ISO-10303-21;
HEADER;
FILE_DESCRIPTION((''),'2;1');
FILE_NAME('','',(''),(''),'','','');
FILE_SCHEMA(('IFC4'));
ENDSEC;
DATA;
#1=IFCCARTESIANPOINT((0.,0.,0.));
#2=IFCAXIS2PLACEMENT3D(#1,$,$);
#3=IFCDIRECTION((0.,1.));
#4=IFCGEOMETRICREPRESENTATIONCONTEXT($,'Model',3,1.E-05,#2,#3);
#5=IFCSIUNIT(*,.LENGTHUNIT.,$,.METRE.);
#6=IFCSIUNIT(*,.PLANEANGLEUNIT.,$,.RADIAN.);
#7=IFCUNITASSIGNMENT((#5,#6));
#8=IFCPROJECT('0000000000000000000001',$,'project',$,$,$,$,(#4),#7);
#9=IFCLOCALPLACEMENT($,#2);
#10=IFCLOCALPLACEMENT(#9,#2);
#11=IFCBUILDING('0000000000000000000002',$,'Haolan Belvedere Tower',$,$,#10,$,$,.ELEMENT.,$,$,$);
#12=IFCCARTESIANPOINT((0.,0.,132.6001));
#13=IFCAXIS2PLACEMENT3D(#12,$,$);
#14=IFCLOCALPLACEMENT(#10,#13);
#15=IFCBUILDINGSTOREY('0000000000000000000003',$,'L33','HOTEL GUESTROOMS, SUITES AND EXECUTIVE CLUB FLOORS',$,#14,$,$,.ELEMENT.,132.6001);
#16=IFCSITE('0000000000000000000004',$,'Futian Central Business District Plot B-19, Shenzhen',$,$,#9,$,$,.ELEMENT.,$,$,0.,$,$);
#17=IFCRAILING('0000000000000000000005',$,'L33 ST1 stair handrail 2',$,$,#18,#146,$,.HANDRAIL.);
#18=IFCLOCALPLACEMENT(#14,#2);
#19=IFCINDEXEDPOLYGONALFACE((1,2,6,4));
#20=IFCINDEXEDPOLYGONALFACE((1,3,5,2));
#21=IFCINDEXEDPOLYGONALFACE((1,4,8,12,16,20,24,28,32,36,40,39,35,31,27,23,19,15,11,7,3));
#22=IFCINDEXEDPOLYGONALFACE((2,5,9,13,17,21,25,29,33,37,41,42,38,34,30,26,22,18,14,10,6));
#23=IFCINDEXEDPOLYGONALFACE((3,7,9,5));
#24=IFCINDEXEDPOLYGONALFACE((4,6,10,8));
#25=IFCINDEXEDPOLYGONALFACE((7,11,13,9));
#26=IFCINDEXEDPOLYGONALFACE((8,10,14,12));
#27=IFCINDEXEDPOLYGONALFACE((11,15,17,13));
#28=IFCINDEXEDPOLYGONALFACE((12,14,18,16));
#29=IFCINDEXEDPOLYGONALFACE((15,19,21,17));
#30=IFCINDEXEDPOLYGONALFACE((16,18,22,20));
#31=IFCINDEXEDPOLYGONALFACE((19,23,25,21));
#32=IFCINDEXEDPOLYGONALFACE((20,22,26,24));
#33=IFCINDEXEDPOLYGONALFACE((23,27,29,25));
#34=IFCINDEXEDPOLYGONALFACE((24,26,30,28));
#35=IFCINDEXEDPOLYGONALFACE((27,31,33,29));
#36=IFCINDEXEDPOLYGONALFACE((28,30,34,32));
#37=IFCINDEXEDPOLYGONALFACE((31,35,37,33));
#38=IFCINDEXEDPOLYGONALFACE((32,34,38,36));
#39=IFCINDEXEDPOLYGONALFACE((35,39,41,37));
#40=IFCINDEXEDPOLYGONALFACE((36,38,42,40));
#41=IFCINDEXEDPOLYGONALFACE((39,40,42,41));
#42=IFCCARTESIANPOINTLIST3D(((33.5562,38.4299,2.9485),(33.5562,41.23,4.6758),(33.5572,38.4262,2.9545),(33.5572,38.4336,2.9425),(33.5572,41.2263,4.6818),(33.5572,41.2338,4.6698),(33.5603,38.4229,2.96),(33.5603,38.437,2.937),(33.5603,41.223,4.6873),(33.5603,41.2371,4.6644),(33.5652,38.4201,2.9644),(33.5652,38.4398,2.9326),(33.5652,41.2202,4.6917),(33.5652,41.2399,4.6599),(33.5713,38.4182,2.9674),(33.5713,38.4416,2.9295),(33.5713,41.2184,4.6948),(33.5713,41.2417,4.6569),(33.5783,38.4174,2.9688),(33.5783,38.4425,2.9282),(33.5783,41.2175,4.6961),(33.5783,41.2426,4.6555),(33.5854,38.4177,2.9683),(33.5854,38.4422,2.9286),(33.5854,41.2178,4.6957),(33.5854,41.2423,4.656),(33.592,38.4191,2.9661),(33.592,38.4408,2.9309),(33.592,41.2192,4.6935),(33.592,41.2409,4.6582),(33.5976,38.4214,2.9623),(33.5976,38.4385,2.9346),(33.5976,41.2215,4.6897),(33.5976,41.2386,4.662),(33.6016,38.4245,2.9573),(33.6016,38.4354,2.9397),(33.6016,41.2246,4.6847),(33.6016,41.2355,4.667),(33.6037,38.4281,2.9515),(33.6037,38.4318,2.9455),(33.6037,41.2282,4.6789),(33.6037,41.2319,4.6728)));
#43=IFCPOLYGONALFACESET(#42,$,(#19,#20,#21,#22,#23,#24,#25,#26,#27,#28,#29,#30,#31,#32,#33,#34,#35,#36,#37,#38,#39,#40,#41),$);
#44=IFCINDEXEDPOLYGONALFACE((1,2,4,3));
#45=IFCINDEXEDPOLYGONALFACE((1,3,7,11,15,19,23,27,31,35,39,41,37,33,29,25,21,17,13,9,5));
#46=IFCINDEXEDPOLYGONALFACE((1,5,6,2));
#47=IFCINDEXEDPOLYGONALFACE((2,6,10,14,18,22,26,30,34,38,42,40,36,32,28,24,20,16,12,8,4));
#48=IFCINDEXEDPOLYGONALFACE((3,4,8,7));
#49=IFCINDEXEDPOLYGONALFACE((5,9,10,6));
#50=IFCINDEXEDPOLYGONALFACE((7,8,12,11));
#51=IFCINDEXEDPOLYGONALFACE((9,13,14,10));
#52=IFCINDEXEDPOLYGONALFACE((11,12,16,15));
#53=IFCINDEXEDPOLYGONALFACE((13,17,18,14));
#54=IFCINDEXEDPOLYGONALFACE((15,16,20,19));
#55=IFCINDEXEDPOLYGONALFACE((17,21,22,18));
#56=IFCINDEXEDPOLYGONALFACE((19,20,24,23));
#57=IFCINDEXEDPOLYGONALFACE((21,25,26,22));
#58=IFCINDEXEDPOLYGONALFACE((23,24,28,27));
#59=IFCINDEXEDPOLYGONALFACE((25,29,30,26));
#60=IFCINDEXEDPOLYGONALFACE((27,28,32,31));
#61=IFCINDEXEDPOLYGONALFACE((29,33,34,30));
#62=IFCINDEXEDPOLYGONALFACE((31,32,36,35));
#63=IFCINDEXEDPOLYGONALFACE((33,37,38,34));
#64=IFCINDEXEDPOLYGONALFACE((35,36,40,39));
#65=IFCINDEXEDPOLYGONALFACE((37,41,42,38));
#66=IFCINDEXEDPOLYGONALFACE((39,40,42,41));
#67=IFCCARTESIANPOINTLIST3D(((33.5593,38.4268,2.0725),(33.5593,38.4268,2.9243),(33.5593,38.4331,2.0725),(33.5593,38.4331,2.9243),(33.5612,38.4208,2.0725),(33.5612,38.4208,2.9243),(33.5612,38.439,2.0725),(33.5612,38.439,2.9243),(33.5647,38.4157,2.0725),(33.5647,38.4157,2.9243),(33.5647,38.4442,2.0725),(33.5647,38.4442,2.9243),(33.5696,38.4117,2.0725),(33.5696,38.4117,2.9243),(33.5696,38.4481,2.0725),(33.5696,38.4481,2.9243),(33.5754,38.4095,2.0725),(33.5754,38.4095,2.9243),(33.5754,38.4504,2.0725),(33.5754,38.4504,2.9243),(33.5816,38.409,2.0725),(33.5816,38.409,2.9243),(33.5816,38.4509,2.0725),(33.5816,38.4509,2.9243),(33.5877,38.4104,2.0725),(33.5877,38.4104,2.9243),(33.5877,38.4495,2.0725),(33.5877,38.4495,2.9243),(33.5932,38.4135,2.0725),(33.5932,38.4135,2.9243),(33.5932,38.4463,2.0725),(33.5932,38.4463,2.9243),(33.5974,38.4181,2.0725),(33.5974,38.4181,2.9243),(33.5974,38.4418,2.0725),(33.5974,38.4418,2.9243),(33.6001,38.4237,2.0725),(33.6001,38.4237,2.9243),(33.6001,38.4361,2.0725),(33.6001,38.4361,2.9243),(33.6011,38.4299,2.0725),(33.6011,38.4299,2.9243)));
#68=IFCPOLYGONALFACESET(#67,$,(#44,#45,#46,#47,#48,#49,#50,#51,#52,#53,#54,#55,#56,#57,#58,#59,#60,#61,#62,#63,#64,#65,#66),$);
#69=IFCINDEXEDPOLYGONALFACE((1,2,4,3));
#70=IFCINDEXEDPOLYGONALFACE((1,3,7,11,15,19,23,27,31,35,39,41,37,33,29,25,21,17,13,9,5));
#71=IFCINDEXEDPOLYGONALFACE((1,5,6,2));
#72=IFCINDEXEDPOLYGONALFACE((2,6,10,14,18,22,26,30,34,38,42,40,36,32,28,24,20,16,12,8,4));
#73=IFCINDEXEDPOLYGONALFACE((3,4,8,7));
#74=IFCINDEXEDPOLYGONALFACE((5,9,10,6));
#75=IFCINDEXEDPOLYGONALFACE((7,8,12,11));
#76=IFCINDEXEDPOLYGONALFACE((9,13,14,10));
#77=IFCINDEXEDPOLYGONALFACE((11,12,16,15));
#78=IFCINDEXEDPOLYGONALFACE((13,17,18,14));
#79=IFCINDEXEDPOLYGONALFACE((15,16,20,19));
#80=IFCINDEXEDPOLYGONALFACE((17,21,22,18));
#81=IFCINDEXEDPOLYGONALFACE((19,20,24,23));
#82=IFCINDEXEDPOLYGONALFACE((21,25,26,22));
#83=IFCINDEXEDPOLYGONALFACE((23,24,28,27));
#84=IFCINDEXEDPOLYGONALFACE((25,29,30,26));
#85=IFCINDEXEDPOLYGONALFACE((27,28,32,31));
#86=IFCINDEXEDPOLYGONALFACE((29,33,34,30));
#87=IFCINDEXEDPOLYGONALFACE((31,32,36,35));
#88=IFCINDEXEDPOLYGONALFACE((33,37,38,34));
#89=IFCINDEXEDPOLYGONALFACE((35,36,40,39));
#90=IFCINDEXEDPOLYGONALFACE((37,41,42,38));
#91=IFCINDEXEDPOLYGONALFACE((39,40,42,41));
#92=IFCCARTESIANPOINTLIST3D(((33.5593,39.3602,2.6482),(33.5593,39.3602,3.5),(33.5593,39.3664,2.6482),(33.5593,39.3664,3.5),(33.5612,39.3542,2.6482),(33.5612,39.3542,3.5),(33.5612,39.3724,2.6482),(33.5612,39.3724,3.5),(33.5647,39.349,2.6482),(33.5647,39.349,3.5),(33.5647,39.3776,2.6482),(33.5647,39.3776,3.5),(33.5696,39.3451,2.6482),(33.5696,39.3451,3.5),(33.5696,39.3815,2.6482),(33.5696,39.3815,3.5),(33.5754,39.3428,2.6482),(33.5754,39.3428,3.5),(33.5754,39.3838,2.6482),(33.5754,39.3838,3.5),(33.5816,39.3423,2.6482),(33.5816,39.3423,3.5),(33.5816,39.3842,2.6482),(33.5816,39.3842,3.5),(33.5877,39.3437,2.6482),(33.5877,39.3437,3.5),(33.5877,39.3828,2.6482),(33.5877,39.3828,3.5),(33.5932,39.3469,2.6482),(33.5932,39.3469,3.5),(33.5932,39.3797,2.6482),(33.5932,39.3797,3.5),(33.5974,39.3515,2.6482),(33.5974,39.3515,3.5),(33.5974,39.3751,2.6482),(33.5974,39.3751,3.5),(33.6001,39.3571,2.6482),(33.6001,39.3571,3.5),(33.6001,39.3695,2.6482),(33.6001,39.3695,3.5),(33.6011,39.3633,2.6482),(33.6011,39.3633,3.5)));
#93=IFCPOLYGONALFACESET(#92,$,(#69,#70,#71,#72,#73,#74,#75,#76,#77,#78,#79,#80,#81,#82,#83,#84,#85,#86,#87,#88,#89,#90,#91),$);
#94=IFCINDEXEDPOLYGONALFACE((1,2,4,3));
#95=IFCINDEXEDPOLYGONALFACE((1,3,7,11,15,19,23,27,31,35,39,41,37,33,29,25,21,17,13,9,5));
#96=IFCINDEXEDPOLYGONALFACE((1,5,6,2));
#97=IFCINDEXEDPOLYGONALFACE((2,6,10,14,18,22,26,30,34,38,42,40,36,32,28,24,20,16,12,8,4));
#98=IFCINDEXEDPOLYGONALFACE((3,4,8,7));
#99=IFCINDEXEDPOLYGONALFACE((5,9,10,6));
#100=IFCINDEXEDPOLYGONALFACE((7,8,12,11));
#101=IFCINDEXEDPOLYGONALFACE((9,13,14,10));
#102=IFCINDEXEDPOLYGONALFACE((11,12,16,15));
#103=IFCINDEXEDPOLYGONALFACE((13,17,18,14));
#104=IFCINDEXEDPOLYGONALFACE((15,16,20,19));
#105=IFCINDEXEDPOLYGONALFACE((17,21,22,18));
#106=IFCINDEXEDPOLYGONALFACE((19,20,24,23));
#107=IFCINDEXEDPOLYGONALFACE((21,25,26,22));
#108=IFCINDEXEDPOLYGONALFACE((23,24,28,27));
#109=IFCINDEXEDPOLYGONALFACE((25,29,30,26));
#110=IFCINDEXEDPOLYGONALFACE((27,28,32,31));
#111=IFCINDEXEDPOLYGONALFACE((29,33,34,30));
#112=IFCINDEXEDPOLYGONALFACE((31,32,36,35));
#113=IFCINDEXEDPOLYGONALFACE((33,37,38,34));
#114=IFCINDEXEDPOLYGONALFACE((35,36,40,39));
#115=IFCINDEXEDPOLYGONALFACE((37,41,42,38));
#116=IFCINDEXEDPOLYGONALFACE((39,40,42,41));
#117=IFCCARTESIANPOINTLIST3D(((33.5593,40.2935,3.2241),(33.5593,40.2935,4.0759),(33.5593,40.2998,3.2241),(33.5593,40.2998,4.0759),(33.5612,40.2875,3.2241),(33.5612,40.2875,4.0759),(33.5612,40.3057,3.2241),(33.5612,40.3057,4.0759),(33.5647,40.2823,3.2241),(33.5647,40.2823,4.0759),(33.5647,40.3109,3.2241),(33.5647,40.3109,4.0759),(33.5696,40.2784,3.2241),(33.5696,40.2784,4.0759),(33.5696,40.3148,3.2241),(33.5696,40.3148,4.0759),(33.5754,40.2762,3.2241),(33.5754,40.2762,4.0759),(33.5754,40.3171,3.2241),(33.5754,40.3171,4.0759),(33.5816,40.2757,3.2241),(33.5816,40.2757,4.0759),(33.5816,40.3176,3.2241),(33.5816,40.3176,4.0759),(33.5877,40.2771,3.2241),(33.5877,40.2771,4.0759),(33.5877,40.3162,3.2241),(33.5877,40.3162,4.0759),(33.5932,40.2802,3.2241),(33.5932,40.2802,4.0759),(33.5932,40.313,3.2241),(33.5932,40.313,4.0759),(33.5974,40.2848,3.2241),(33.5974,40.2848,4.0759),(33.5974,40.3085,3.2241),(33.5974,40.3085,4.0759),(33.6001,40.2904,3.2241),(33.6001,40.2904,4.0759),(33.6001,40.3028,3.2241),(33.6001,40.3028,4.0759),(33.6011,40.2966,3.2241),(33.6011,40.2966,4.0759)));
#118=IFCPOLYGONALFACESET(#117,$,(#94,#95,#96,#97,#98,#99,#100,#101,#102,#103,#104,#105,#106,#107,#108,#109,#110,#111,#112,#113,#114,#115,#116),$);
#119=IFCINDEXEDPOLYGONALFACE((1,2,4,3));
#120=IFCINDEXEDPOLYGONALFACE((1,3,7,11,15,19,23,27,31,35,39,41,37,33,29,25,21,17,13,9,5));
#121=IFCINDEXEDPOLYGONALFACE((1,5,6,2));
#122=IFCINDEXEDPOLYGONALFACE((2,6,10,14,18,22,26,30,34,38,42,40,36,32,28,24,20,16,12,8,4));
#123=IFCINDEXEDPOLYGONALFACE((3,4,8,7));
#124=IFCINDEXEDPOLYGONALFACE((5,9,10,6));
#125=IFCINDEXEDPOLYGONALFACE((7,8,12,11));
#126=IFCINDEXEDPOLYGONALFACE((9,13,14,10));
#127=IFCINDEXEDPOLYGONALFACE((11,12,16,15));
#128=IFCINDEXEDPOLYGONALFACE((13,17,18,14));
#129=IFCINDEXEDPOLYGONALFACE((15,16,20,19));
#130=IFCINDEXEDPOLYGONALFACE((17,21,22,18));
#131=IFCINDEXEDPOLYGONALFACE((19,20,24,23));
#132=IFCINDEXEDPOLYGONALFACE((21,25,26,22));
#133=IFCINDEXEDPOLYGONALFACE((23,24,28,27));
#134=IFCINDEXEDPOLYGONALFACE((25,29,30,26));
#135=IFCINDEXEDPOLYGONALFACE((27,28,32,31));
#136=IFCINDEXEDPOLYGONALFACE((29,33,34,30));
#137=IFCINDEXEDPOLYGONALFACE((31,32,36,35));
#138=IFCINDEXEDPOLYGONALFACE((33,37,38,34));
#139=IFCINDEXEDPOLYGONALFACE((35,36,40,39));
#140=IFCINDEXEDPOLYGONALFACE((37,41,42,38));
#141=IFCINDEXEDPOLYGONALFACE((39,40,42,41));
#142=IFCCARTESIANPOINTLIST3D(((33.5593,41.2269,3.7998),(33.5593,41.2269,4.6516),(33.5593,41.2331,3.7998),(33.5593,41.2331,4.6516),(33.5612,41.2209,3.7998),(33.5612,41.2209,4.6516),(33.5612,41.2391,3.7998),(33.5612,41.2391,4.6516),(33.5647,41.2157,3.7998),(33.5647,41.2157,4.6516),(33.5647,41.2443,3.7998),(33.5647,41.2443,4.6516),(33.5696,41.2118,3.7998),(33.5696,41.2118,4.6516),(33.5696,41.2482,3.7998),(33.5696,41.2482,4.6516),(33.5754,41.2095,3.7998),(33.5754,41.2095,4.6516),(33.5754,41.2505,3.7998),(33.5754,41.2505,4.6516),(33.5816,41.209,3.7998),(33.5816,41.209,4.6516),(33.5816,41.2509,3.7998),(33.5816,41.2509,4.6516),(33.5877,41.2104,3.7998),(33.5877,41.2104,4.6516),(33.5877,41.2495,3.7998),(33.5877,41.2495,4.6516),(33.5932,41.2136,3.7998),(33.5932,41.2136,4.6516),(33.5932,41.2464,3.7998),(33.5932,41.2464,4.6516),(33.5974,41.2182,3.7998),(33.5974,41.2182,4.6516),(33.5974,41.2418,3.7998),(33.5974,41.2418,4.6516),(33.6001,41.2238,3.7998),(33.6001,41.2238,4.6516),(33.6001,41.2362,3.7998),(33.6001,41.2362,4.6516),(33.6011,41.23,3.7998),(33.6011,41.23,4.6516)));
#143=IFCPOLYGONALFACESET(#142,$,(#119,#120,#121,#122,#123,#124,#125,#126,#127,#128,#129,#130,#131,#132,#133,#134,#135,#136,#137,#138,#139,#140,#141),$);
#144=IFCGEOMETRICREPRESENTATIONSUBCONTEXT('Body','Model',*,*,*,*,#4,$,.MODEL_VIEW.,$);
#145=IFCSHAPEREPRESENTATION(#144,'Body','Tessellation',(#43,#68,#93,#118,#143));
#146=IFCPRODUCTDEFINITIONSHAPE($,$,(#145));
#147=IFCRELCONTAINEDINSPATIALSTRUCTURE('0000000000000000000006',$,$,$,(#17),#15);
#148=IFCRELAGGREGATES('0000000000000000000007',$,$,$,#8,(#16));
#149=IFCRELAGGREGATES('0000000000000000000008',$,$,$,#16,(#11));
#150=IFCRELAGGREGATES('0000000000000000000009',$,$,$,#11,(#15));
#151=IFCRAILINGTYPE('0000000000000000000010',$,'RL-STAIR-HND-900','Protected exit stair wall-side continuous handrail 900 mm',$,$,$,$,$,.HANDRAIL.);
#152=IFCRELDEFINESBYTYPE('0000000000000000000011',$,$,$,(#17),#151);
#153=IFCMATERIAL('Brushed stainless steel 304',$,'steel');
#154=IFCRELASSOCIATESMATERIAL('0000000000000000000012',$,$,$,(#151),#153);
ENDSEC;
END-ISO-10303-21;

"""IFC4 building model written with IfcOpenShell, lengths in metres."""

from ifc_helpers import new_model, si_unit, direction, frame, origin, origin_2d, place, context, subcontext, project, spatial, circle, extrude, material, type_object, element, save


model = new_model("IFC4")

# Units and contexts
model_context = context("Model", 3, precision=1e-05, world=origin(), true_north=direction((0.0, 1.0)))
body_context = subcontext(model_context, "Body", "Model", "MODEL_VIEW")
ifc_project = project(units=[si_unit("LENGTHUNIT", "METRE"), si_unit("PLANEANGLEUNIT", "RADIAN")], contexts=[model_context])

# Site, building, storey
site_placement = place(None, origin())
site = spatial("IfcSite", under=ifc_project, at=site_placement, Name="Futian Central Business District Plot B-19, Shenzhen", CompositionType="ELEMENT", RefElevation=0.0)
building_placement = place(site_placement, origin())
building = spatial("IfcBuilding", under=site, at=building_placement, Name="Haolan Belvedere Tower", CompositionType="ELEMENT")
storey_placement = place(building_placement, frame((0.0, 0.0, 132.6001)))
storey = spatial("IfcBuildingStorey", under=building, at=storey_placement, Name="L33", Description="HOTEL GUESTROOMS, SUITES AND EXECUTIVE CLUB FLOORS", CompositionType="ELEMENT", Elevation=132.6001)

# Railing
ifc_material_1 = material(Name="Brushed stainless steel 304", Category="steel")
railing_type_1 = type_object("IfcRailingType", Name="RL-STAIR-HND-900", Description="Protected exit stair wall-side continuous handrail 900 mm", PredefinedType="HANDRAIL", material=ifc_material_1)
railing_1_placement = place(storey_placement, frame((33.5801, 38.4299, 2.0725)))
element("IfcRailing", 1, at=railing_1_placement, inside=storey, type_object=railing_type_1, Name="L33 ST1 stair handrail 2", PredefinedType="HANDRAIL", context=body_context, shape_type="SweptSolid", body=[
    extrude(circle(Radius=0.0239, at=origin_2d()), frame((0.0, 0.0, 0.876), z_axis=(0.0, 0.85109, 0.52502), x_axis=(-1.0, 0.0, 0.0)), (0.0, 0.0, 1.0), 3.29),
    extrude(circle(Radius=0.021, at=origin_2d()), origin(), (0.0, 0.0, 1.0), 0.8518),
    extrude(circle(Radius=0.021, at=origin_2d()), frame((0.0, 0.9333, 0.5757)), (0.0, 0.0, 1.0), 0.8518),
    extrude(circle(Radius=0.021, at=origin_2d()), frame((0.0, 1.8667, 1.1516)), (0.0, 0.0, 1.0), 0.8518),
    extrude(circle(Radius=0.021, at=origin_2d()), frame((0.0, 2.8, 1.7273)), (0.0, 0.0, 1.0), 0.8518),
])

save(model, "model.ifc")
